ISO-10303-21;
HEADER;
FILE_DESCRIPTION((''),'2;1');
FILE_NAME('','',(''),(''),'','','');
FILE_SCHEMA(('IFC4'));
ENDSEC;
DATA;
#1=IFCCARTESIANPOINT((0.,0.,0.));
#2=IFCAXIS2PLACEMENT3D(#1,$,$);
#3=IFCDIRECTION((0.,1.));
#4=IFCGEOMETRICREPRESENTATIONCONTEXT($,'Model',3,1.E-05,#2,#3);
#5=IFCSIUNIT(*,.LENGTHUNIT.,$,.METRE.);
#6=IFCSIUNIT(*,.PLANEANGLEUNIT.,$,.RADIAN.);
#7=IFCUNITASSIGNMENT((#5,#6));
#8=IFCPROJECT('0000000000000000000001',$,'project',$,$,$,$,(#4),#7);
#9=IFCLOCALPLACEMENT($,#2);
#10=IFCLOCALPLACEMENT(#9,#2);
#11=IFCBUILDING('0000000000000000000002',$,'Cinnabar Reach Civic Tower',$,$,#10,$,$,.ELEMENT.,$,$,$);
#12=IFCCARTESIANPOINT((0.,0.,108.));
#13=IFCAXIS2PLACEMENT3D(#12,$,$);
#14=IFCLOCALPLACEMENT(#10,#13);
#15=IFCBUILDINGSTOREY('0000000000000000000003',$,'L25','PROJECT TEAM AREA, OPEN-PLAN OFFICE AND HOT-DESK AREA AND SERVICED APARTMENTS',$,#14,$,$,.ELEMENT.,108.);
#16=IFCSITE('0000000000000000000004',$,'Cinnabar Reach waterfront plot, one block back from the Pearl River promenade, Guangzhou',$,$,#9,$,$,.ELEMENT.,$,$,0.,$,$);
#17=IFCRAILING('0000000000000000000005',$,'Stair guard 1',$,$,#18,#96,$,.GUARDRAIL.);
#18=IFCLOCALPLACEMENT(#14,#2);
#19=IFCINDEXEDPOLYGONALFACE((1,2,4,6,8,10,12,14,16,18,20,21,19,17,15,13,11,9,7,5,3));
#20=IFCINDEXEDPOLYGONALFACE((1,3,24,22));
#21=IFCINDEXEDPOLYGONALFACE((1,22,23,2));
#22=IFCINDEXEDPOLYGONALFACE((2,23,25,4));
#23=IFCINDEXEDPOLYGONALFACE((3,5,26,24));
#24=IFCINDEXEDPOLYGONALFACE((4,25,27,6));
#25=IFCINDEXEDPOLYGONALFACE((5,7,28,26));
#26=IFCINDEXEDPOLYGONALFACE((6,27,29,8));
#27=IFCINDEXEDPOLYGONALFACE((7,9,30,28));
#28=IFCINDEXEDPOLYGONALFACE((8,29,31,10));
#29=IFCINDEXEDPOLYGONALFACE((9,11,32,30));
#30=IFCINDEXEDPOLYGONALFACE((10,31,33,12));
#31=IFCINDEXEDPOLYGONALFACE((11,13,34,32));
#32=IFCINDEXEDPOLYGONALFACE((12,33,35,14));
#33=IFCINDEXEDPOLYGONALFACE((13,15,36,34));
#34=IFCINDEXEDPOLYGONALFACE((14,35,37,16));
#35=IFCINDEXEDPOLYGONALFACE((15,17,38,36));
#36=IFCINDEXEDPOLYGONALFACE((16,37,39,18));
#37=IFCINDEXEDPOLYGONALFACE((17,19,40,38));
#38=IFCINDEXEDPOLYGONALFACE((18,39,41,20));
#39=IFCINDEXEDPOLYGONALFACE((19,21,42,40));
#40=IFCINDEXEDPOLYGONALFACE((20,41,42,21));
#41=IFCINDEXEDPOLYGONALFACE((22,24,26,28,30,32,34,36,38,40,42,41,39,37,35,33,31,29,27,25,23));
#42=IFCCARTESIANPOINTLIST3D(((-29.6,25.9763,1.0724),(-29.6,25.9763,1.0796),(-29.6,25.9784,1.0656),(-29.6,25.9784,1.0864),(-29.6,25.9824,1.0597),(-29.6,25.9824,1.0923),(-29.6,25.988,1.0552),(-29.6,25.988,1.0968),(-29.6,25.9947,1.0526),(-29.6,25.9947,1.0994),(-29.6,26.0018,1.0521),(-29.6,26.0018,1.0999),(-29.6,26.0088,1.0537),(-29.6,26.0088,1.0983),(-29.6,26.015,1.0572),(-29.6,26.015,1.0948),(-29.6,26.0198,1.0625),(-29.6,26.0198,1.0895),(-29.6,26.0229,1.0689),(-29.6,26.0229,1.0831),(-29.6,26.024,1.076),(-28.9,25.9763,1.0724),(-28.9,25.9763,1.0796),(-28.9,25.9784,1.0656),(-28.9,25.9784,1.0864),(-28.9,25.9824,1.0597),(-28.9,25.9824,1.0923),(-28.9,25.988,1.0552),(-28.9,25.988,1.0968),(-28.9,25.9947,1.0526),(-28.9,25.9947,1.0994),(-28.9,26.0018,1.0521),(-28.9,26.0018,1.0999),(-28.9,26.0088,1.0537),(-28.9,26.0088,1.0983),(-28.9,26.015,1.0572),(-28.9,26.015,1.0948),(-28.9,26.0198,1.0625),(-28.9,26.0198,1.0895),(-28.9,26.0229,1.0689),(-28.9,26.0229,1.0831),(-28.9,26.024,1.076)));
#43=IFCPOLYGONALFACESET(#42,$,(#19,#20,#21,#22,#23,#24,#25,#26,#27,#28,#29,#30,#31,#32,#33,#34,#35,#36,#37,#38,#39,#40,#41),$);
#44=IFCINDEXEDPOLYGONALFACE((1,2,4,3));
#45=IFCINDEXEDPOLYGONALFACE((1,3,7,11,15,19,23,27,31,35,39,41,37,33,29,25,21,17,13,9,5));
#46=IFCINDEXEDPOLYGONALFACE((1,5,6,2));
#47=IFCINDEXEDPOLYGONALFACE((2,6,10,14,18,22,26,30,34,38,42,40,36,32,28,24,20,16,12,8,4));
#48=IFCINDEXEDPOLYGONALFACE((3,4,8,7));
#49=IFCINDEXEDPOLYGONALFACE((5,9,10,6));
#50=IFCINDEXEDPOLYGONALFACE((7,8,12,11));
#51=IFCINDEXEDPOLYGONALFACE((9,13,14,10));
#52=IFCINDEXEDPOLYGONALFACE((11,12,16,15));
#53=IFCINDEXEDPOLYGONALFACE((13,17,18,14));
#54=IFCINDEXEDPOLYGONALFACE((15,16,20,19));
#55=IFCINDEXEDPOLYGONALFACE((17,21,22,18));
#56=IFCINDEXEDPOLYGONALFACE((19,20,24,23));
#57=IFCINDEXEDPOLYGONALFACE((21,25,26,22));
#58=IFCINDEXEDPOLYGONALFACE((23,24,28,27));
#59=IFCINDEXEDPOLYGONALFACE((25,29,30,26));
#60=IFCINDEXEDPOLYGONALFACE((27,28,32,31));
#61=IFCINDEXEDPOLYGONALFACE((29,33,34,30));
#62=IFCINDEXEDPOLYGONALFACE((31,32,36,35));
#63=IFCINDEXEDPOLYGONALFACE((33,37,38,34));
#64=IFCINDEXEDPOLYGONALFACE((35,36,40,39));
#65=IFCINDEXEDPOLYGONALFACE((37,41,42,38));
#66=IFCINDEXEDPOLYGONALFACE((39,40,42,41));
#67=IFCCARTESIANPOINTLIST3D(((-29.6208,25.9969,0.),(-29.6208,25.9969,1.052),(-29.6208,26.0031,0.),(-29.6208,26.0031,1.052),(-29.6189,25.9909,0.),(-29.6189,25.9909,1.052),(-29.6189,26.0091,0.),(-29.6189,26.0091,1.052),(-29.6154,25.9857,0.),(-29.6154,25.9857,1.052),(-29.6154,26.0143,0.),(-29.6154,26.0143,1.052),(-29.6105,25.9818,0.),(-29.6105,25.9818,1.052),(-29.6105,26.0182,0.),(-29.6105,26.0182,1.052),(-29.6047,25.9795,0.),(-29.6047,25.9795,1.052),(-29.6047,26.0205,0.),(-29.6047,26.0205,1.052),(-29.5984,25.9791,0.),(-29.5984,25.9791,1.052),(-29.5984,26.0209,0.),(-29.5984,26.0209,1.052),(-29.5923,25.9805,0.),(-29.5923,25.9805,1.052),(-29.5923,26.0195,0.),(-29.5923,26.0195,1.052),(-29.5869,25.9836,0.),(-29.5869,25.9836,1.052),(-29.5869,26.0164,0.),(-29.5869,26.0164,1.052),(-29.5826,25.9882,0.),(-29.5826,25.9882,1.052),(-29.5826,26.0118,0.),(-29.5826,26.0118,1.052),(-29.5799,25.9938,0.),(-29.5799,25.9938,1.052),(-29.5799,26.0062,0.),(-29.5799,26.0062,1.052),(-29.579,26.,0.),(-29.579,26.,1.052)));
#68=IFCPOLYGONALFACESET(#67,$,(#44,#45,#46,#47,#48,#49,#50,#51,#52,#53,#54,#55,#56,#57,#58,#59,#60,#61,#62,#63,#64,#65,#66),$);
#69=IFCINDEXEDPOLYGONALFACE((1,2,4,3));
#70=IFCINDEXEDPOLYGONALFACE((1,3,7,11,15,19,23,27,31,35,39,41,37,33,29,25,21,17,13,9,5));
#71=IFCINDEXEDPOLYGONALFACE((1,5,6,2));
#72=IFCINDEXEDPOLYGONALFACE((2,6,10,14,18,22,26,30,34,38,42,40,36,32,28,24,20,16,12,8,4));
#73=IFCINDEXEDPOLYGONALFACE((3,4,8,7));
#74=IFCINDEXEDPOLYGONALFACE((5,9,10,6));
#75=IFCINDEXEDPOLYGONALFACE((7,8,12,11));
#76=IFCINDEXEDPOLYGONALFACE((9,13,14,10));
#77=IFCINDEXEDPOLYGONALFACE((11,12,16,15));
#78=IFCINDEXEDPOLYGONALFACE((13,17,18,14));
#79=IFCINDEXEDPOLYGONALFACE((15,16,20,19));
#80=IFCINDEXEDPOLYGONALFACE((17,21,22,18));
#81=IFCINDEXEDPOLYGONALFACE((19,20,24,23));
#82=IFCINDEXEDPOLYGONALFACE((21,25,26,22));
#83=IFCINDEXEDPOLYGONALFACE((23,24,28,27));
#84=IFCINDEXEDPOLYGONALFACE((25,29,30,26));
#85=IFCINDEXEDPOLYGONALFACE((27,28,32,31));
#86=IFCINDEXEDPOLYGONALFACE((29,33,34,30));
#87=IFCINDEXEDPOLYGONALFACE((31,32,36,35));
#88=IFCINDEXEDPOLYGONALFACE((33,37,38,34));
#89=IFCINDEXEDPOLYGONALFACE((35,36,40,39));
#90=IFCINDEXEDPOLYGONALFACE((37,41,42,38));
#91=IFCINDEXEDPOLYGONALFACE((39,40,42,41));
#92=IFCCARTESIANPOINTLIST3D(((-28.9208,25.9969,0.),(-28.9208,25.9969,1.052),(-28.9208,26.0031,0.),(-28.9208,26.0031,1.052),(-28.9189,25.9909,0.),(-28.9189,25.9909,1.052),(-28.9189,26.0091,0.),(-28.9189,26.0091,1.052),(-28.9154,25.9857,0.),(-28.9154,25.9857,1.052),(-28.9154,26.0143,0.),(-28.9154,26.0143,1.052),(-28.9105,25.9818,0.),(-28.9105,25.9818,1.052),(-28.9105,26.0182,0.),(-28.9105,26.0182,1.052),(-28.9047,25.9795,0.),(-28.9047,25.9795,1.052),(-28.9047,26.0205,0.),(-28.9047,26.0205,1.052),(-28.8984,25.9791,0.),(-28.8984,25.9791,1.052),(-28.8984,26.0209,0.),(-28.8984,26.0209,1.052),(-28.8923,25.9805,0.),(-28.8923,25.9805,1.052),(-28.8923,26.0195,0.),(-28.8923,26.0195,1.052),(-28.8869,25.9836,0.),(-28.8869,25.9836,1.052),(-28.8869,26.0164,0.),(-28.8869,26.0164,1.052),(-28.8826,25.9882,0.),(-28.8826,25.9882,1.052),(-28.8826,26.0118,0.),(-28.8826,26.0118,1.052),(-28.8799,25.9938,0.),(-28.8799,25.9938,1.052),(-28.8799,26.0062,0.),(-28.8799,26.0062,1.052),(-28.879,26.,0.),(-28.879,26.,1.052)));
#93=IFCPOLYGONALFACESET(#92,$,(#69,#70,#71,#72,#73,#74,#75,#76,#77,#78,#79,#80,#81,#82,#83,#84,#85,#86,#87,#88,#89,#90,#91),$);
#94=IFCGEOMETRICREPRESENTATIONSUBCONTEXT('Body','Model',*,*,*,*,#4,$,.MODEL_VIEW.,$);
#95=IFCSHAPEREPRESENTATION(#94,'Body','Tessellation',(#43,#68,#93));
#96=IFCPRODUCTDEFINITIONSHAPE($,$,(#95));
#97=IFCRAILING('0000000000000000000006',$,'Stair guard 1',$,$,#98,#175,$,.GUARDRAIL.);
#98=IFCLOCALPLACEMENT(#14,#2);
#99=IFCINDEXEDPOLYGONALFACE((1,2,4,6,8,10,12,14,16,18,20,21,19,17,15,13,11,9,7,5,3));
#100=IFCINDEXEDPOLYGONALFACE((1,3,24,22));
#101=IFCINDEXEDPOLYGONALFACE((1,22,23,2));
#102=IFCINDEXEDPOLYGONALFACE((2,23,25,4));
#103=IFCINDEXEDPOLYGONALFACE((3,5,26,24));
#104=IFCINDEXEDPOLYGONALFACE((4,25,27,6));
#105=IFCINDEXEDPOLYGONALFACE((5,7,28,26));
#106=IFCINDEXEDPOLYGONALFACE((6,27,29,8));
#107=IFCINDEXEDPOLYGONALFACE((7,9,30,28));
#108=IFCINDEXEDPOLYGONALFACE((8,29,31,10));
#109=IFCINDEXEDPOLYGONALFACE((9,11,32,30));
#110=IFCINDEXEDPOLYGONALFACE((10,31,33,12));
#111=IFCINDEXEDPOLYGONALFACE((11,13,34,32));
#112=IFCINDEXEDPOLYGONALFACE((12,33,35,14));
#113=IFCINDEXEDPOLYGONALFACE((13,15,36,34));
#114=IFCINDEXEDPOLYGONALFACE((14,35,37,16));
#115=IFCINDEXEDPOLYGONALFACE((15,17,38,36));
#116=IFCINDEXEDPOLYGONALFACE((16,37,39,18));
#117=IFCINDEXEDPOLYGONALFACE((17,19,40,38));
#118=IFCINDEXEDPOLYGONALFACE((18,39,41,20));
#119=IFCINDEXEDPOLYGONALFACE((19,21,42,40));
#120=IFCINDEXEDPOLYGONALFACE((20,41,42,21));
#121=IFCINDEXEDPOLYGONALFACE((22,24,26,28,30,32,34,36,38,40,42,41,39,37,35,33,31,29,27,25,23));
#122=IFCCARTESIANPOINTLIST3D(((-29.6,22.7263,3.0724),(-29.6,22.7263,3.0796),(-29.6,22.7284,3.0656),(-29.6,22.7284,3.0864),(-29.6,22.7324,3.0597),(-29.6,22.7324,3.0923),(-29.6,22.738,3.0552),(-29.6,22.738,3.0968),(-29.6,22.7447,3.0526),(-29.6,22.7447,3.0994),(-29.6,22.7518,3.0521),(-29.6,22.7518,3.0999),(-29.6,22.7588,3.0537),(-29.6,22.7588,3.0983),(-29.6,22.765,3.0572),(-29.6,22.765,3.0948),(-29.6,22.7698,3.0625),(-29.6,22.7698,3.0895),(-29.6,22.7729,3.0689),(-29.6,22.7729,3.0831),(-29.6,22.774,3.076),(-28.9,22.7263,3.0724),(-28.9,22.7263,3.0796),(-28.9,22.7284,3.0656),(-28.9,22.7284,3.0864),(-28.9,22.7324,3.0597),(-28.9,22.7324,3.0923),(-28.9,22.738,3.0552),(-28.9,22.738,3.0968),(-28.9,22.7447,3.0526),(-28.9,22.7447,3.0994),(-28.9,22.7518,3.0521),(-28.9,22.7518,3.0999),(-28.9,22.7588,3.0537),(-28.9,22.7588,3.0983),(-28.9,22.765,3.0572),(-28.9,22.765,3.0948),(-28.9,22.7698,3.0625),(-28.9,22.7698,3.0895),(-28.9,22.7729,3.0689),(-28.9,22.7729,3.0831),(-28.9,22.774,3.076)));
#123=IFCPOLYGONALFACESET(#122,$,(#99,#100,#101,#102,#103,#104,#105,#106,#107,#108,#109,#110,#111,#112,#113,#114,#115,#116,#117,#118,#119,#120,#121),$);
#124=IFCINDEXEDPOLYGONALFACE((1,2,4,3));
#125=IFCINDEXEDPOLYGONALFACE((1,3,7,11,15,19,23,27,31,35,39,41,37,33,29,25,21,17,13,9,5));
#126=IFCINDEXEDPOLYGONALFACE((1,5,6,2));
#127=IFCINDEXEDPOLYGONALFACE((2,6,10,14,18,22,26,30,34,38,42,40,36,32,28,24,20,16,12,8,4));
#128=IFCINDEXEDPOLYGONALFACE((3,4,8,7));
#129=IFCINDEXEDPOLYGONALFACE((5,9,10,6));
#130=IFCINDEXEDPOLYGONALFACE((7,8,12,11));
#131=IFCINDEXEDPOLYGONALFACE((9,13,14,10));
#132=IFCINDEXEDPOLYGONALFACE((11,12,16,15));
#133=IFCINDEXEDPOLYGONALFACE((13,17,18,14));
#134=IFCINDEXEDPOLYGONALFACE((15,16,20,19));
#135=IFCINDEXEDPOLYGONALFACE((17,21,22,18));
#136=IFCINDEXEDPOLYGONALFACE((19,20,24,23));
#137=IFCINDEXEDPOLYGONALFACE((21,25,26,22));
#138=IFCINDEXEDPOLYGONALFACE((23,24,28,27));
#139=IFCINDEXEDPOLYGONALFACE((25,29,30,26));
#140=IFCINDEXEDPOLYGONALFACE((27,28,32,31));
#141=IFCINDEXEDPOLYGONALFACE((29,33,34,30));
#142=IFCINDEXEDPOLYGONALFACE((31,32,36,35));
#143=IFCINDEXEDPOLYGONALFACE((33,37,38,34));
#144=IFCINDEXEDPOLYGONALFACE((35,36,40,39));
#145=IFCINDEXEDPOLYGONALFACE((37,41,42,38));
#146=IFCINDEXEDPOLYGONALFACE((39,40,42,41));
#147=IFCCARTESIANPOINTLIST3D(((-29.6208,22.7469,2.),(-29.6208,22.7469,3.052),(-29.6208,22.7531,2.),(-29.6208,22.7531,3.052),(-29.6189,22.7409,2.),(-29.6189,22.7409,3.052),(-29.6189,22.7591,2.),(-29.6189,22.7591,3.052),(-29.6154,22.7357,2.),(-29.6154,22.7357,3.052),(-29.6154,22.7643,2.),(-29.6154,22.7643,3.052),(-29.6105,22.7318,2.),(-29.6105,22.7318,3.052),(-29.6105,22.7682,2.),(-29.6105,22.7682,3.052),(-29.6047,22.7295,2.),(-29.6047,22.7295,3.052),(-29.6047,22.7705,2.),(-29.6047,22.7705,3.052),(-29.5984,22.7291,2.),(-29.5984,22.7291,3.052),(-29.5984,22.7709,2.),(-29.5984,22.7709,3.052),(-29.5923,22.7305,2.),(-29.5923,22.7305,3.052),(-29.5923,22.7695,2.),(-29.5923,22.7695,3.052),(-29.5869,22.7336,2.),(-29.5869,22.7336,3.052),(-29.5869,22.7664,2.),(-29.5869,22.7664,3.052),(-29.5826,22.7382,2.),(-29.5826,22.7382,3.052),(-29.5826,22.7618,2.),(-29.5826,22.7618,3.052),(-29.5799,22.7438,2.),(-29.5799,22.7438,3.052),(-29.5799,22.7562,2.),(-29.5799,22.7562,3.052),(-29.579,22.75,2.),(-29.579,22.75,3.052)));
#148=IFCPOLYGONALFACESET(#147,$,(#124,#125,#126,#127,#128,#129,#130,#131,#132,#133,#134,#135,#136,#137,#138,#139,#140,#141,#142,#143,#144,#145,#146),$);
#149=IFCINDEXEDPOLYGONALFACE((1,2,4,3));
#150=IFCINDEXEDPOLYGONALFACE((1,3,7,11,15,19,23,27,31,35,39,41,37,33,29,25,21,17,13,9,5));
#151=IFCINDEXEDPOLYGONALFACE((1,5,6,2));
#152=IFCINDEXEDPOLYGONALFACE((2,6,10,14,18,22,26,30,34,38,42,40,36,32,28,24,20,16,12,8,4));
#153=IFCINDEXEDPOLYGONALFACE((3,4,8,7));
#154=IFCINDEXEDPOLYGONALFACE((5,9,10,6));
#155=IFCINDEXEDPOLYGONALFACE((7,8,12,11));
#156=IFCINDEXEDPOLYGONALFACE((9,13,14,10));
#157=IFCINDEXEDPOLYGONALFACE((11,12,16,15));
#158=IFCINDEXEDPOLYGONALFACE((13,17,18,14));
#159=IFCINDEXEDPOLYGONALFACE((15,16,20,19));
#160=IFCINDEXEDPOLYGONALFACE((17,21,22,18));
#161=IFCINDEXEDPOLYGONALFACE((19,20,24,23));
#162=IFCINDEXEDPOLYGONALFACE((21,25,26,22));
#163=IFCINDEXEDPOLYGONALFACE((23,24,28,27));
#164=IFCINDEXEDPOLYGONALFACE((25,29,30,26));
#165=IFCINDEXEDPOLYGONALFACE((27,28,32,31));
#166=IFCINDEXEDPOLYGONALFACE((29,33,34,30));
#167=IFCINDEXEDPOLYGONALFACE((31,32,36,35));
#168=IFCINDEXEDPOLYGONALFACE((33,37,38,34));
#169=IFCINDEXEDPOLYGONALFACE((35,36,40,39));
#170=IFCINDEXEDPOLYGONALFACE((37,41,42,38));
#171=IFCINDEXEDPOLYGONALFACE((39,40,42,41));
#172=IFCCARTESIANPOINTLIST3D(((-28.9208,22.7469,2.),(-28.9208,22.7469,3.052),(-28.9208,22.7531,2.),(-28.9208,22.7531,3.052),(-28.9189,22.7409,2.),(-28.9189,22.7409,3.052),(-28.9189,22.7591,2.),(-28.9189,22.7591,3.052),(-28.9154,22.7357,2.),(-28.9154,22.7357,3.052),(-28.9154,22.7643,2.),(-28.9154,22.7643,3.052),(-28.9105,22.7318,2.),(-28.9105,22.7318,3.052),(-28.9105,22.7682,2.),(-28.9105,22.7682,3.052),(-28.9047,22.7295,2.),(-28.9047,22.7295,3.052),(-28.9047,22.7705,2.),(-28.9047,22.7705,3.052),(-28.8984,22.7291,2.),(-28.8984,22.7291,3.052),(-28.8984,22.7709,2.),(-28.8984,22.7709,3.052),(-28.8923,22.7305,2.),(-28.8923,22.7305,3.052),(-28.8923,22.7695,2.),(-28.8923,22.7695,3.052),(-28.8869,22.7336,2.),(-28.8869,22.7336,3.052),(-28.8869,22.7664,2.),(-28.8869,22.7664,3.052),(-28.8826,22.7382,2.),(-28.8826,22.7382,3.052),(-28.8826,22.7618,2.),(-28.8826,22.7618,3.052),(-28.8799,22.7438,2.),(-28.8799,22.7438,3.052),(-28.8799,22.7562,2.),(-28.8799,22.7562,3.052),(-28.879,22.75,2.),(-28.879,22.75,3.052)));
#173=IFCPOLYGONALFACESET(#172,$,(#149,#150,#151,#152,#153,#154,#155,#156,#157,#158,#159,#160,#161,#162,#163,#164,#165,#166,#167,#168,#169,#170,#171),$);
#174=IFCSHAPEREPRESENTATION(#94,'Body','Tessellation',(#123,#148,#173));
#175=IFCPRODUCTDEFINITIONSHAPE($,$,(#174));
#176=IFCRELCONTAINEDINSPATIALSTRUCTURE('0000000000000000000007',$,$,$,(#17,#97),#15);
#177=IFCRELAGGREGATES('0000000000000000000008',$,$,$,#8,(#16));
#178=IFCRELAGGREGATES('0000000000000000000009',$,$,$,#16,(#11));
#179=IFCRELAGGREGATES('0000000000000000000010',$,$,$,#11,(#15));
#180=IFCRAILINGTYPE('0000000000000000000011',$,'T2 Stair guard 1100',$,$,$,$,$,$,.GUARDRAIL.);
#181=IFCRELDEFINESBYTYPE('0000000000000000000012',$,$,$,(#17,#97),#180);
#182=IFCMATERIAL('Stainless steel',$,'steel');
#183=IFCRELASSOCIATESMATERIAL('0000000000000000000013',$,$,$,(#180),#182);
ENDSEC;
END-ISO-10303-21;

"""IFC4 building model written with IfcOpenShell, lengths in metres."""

from ifc_helpers import new_model, si_unit, direction, frame, origin, origin_2d, place, context, subcontext, project, spatial, circle, extrude, material, type_object, element, save


model = new_model("IFC4")

# Units and contexts
model_context = context("Model", 3, precision=1e-05, world=origin(), true_north=direction((0.0, 1.0)))
body_context = subcontext(model_context, "Body", "Model", "MODEL_VIEW")
ifc_project = project(units=[si_unit("LENGTHUNIT", "METRE"), si_unit("PLANEANGLEUNIT", "RADIAN")], contexts=[model_context])

# Site, building, storey
site_placement = place(None, origin())
site = spatial("IfcSite", under=ifc_project, at=site_placement, Name="Cinnabar Reach waterfront plot, one block back from the Pearl River promenade, Guangzhou", CompositionType="ELEMENT", RefElevation=0.0)
building_placement = place(site_placement, origin())
building = spatial("IfcBuilding", under=site, at=building_placement, Name="Cinnabar Reach Civic Tower", CompositionType="ELEMENT")
storey_placement = place(building_placement, frame((0.0, 0.0, 108.0)))
storey = spatial("IfcBuildingStorey", under=building, at=storey_placement, Name="L25", Description="PROJECT TEAM AREA, OPEN-PLAN OFFICE AND HOT-DESK AREA AND SERVICED APARTMENTS", CompositionType="ELEMENT", Elevation=108.0)

# Railings
ifc_material_1 = material(Name="Stainless steel", Category="steel")
railing_type = type_object("IfcRailingType", Name="T2 Stair guard 1100", PredefinedType="GUARDRAIL", material=ifc_material_1)
for number, where, name in (
    (1, (-29.6, 26.0, 0.0), "Stair guard 1"),
    (2, (-29.6, 22.75, 2.0), "Stair guard 1"),
):
    element("IfcRailing", number, at=place(storey_placement, frame(where)), inside=storey, type_object=railing_type, Name=name, PredefinedType="GUARDRAIL", context=body_context, shape_type="SweptSolid", body=[
        extrude(circle(Radius=0.024, at=origin_2d()), frame((0.0, 0.0, 1.076), z_axis=(1.0, 0.0, 0.0), x_axis=(0.0, 1.0, 0.0)), (0.0, 0.0, 1.0), 0.7),
        extrude(circle(Radius=0.021, at=origin_2d()), origin(), (0.0, 0.0, 1.0), 1.052),
        extrude(circle(Radius=0.021, at=origin_2d()), frame((0.7, 0.0, 0.0)), (0.0, 0.0, 1.0), 1.052),
    ])

save(model, "model.ifc")
